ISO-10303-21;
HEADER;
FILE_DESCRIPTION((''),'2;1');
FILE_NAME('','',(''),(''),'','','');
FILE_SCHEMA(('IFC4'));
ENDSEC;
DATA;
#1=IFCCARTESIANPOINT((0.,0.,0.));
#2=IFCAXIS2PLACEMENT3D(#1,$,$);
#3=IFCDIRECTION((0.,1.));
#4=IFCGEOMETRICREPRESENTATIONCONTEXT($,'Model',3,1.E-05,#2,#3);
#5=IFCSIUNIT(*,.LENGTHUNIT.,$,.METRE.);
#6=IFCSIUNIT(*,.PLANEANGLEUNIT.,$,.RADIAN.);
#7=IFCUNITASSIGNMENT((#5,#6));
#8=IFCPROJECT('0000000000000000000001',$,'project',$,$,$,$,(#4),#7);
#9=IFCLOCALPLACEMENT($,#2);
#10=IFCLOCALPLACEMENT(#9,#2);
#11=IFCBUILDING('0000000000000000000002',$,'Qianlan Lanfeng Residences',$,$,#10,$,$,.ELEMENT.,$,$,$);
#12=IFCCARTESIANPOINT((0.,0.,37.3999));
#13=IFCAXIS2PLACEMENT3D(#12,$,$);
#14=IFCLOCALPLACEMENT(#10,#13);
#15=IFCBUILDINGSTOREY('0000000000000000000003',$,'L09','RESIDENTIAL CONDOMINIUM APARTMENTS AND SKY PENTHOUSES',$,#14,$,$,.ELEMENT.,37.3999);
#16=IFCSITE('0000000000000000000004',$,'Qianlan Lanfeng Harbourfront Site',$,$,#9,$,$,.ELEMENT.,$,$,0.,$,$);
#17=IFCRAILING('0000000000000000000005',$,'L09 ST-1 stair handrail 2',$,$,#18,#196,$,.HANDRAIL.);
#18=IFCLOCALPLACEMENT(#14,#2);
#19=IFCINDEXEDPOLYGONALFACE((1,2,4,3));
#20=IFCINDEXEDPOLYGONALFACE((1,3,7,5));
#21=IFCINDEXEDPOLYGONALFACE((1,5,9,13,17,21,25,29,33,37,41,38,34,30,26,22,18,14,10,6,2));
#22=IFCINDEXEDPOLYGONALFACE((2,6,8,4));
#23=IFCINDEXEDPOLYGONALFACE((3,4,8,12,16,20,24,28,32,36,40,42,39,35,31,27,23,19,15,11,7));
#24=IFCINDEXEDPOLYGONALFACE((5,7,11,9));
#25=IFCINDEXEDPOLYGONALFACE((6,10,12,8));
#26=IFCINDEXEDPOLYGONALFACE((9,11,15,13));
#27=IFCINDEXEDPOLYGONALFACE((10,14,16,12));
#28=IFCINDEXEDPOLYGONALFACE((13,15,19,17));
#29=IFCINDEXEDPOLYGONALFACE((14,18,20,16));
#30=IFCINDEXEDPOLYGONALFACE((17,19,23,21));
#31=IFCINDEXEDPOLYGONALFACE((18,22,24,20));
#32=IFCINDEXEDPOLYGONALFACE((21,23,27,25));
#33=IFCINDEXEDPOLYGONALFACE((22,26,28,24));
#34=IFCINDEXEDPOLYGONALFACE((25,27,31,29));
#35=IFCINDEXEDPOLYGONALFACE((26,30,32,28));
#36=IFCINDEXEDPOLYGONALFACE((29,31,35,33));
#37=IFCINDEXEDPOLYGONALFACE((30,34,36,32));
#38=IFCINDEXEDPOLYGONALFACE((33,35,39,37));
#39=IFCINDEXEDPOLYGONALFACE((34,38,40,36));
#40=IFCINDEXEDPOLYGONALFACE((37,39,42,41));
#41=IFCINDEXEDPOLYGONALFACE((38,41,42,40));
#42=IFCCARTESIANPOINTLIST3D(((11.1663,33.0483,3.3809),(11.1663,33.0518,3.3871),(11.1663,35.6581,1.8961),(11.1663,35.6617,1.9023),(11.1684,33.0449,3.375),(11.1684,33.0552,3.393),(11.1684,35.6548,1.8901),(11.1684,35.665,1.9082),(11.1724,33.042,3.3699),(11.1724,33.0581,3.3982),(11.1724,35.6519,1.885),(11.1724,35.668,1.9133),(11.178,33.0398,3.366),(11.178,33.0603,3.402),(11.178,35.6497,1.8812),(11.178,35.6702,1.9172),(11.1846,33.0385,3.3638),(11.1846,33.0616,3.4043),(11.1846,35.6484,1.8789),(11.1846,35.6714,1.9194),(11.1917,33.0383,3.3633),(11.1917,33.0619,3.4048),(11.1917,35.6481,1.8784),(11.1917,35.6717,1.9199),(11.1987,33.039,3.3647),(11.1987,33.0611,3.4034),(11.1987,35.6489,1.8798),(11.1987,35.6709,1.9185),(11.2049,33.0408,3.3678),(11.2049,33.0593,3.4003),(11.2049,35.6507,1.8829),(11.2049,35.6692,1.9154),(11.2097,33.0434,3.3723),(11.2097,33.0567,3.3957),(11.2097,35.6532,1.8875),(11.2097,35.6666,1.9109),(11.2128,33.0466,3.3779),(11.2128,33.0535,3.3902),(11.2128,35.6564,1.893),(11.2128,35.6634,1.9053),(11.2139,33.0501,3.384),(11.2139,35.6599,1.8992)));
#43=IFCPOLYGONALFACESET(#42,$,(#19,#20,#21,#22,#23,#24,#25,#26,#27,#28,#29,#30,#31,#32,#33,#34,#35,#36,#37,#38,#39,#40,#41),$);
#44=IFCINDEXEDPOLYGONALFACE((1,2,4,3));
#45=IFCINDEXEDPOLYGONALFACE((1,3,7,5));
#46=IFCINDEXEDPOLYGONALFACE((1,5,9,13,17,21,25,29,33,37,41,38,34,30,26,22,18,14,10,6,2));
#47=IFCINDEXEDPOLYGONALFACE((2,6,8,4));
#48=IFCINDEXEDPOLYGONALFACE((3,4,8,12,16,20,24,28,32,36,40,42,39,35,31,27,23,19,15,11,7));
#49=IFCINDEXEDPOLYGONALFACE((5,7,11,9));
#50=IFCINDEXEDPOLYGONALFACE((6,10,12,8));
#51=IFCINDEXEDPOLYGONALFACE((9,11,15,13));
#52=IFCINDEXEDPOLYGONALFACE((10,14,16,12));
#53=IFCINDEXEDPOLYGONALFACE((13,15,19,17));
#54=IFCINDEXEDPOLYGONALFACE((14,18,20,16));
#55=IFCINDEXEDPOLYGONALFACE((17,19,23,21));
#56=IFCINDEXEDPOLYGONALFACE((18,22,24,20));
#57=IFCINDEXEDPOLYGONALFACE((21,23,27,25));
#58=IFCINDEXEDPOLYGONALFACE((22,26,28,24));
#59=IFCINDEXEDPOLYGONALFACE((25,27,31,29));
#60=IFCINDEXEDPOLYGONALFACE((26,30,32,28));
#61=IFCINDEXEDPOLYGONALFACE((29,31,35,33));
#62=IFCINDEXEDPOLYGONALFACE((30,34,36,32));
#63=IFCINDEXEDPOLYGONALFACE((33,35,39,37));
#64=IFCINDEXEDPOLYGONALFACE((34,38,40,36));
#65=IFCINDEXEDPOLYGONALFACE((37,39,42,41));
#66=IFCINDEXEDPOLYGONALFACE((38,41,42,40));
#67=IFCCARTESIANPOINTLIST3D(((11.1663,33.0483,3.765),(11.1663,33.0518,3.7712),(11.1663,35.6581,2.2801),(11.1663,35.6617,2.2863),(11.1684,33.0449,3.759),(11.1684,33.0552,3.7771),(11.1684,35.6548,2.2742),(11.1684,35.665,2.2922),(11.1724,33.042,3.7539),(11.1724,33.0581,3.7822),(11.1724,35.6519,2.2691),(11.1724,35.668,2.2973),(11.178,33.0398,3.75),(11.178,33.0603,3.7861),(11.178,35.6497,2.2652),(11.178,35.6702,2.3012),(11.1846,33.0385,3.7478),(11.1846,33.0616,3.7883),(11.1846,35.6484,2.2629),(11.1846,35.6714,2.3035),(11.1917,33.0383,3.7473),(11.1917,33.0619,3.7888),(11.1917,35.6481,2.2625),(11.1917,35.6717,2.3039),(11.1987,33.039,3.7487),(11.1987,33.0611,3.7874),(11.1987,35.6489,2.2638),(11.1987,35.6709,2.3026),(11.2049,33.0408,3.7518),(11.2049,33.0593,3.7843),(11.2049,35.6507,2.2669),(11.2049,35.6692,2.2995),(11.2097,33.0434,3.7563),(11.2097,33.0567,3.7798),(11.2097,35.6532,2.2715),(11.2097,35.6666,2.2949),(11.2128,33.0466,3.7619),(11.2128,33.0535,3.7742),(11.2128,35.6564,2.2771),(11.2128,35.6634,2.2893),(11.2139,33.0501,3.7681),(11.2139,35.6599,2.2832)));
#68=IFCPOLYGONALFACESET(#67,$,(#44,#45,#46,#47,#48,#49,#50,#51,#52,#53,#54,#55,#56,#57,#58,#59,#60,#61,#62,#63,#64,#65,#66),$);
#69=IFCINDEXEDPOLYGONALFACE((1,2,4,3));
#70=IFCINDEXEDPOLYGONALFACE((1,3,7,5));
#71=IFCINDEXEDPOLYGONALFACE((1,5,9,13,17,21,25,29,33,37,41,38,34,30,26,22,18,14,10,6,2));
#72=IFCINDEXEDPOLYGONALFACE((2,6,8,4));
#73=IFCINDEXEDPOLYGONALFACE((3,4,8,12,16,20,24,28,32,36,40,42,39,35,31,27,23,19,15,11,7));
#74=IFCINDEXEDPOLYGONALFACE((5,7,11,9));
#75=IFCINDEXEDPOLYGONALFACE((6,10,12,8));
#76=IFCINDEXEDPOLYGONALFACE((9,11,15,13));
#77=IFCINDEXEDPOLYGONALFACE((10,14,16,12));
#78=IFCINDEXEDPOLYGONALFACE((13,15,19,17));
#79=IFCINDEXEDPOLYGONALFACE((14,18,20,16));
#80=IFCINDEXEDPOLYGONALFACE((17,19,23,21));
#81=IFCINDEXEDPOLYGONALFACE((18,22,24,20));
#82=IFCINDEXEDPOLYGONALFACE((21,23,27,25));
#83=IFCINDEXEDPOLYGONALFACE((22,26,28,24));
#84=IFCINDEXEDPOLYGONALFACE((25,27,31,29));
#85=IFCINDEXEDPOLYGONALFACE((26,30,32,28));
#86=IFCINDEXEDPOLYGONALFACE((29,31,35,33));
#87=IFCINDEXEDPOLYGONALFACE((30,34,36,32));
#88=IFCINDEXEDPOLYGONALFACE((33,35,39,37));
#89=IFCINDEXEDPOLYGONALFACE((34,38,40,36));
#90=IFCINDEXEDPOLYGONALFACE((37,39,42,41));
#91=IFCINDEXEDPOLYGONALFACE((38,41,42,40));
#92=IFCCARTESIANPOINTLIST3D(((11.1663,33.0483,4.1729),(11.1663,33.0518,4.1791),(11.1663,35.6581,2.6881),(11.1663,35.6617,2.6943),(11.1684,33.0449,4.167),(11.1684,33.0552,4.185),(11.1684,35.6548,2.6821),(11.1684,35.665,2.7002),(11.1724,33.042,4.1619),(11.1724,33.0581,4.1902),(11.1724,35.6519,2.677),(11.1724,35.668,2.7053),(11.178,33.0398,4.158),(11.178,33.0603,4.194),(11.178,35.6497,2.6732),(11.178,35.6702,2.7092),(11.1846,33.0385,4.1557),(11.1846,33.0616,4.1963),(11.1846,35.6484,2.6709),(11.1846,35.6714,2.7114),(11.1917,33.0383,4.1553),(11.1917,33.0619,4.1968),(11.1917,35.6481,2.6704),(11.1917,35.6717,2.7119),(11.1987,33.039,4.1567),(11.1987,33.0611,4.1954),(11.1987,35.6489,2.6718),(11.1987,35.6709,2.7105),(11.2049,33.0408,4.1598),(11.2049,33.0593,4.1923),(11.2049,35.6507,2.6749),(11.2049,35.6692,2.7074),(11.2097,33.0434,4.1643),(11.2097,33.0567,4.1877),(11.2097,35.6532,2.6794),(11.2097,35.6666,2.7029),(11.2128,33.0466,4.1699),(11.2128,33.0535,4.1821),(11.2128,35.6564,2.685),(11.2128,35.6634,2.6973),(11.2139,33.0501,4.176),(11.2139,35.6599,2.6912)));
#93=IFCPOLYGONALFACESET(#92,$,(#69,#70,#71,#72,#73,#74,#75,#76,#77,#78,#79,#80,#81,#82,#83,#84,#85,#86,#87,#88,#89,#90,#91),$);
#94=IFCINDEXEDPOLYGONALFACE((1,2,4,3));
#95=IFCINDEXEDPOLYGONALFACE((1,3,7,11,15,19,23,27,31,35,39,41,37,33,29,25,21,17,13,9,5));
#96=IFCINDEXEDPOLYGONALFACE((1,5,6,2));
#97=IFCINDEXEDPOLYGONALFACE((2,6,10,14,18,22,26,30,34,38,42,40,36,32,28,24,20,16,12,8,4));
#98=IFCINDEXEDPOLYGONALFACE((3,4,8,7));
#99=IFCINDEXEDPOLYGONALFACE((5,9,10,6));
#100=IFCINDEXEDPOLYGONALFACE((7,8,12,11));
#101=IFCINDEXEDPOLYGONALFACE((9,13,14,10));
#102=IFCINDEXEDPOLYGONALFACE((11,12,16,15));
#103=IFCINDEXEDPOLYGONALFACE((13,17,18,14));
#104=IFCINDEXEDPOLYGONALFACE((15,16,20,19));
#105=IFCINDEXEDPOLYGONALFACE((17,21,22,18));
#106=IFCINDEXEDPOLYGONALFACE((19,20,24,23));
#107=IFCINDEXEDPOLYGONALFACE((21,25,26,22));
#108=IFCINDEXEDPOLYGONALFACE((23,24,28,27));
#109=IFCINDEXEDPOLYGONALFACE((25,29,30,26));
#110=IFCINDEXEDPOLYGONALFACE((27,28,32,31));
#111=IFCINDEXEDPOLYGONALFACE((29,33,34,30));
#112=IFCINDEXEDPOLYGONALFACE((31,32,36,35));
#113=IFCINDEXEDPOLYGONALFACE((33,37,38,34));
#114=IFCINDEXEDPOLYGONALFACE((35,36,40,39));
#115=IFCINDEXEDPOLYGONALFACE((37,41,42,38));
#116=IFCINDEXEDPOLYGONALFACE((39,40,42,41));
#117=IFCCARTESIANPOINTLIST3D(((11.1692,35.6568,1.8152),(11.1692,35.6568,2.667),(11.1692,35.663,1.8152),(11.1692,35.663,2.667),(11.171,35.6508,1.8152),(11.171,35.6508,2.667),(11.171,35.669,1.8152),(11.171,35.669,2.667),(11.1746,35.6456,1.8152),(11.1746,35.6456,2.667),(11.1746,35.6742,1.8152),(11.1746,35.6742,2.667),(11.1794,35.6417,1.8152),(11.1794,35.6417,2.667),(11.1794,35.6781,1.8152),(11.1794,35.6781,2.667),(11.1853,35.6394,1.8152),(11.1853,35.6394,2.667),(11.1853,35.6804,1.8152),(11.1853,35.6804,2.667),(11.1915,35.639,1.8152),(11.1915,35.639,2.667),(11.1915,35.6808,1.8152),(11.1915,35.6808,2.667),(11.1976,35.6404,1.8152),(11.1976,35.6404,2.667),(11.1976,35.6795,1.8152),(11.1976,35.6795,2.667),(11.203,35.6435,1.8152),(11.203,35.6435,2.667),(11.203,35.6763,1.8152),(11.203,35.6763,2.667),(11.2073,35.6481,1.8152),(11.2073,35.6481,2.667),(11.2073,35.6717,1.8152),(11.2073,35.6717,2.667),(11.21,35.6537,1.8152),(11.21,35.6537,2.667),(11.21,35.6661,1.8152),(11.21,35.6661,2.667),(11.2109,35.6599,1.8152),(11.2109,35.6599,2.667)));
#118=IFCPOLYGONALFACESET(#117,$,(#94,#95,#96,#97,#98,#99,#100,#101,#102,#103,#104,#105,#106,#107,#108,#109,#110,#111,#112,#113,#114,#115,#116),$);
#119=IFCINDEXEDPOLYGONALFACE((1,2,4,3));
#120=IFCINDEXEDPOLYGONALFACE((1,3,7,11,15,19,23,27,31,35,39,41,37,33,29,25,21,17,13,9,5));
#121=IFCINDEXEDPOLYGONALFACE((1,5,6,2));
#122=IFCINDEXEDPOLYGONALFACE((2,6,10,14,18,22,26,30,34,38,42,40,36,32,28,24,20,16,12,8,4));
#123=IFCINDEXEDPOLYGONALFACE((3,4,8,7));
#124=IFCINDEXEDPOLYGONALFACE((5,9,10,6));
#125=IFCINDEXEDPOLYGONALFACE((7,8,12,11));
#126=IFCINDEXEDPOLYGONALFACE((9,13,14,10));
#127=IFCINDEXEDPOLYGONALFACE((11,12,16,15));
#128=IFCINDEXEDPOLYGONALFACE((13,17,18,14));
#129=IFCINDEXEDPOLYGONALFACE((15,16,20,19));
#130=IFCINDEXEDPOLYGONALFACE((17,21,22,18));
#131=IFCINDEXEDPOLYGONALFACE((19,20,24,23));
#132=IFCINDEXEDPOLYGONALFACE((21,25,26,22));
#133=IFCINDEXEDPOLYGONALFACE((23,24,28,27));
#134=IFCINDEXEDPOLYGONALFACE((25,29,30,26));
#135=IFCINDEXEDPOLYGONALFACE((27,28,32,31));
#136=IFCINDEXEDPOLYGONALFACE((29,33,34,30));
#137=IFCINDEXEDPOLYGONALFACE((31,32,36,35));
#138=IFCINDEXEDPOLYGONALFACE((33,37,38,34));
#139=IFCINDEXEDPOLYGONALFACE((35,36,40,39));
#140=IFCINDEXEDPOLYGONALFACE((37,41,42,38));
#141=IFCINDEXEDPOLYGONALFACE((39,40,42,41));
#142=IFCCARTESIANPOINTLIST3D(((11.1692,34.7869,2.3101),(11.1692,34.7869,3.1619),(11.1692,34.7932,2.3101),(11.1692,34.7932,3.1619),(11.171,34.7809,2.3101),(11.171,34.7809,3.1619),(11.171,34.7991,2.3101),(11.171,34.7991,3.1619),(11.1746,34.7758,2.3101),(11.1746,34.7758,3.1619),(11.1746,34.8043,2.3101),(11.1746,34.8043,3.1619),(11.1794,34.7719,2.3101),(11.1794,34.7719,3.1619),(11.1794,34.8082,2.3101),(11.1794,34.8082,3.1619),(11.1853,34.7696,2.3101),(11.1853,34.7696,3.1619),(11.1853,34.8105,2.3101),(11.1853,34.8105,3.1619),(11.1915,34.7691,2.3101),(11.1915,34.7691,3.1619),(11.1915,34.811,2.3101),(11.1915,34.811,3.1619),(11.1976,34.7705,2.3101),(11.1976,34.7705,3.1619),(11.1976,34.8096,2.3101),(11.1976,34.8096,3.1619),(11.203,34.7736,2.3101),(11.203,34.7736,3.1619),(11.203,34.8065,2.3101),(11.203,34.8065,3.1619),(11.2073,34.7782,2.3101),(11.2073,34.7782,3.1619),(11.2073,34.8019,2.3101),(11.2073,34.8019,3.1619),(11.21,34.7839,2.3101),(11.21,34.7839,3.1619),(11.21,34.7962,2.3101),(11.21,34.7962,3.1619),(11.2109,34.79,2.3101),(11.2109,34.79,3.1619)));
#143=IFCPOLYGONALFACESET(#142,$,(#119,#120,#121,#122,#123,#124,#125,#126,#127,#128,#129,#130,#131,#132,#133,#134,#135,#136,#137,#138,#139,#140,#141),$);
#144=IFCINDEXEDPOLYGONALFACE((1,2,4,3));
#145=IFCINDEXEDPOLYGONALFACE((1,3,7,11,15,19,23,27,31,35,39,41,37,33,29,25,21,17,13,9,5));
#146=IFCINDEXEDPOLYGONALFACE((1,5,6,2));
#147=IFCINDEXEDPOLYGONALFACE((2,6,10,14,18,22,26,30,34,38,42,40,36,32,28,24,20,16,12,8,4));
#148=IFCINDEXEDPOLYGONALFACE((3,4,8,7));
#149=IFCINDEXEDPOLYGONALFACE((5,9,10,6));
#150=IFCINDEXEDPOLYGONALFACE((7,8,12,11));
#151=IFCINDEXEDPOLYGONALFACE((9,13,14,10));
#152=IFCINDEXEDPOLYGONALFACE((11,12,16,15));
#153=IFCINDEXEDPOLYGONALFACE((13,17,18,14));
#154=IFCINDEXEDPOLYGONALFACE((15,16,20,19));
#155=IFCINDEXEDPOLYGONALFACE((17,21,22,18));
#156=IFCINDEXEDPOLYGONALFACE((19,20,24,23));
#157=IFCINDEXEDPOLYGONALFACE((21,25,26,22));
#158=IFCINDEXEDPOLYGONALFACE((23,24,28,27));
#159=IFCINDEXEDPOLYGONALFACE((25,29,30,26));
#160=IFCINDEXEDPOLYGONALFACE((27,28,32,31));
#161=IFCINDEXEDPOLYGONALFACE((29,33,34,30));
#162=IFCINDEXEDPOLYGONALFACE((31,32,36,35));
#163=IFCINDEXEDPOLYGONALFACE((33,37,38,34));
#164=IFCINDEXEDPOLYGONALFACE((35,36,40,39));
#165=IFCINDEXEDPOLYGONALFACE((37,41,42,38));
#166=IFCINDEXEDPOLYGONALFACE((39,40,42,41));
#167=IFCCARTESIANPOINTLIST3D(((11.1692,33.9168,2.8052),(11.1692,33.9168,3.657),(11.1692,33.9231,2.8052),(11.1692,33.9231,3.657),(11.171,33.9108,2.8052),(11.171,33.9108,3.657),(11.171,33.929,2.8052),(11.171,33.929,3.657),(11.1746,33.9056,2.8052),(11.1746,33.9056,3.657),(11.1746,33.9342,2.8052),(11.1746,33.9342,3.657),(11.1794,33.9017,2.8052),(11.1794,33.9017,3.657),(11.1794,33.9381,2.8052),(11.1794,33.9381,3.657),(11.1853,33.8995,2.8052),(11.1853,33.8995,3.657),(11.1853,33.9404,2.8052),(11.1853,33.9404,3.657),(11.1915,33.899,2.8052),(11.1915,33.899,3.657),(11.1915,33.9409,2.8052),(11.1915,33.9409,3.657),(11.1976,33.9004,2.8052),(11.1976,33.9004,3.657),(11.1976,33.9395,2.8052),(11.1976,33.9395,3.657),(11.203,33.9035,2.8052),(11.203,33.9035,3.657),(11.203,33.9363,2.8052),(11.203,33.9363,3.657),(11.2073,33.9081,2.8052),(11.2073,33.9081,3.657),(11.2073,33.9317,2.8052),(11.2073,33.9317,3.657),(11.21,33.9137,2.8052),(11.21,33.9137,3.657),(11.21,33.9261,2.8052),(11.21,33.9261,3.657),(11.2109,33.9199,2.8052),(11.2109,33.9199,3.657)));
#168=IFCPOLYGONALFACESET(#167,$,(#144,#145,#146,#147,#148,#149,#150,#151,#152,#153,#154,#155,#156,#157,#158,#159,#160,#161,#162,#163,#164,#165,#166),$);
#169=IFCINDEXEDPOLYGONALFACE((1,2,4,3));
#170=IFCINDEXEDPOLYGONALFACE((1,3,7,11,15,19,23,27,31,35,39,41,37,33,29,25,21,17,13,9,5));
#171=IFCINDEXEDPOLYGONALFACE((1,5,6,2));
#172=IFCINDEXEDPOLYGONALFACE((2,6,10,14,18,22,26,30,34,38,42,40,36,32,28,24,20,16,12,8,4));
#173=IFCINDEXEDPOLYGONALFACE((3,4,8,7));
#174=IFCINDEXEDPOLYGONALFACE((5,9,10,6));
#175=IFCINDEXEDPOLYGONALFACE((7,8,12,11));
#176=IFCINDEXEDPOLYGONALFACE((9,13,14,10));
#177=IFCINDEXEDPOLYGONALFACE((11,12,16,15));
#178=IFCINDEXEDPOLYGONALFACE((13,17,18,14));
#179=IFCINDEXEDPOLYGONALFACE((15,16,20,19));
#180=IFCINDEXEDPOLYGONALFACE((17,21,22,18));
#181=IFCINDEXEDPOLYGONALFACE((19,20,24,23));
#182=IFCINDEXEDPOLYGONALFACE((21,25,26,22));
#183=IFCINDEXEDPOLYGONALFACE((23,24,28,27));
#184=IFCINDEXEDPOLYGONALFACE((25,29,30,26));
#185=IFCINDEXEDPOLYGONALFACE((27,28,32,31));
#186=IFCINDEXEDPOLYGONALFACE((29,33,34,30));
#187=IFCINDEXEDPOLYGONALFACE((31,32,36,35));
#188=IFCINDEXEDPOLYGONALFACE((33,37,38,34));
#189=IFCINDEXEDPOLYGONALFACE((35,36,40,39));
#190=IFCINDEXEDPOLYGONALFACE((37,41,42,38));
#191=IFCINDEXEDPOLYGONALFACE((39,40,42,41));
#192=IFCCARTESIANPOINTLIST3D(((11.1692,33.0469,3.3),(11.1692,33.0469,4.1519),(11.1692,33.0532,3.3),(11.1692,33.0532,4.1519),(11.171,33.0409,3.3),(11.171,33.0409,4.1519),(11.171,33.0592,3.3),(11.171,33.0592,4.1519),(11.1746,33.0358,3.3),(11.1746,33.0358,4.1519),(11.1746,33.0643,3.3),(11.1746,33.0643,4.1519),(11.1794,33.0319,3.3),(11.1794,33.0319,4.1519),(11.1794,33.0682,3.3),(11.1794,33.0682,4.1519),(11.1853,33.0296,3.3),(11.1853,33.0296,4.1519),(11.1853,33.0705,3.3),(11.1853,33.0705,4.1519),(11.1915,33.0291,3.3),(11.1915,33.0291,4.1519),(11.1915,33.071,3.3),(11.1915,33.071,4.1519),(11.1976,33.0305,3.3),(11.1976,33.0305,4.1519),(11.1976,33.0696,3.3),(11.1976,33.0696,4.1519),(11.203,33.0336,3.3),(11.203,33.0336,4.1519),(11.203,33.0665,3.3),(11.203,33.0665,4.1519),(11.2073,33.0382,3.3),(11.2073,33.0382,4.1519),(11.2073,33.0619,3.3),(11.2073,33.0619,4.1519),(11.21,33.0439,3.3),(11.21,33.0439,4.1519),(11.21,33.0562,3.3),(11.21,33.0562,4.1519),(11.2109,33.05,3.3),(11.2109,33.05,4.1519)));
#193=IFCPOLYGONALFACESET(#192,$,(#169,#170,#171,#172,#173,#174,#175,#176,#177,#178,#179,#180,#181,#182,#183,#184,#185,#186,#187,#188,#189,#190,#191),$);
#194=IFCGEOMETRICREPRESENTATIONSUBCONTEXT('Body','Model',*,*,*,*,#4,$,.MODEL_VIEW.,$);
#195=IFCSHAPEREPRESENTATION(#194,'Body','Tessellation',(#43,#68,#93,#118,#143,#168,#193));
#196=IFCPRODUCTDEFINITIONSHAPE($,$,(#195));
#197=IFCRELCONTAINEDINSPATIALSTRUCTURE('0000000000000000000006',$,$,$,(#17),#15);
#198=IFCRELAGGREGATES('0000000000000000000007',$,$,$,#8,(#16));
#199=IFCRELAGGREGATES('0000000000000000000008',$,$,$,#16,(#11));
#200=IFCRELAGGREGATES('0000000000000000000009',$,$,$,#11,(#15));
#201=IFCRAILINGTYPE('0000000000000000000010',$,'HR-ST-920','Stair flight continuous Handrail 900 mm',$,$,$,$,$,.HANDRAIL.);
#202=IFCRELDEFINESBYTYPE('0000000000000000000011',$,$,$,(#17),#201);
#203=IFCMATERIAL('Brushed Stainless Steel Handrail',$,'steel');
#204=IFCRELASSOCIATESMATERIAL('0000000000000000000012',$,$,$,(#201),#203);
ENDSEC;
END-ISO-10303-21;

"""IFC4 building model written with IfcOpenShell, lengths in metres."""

from ifc_helpers import new_model, si_unit, direction, frame, origin, origin_2d, place, context, subcontext, project, spatial, circle, extrude, material, type_object, element, save


model = new_model("IFC4")

# Units and contexts
model_context = context("Model", 3, precision=1e-05, world=origin(), true_north=direction((0.0, 1.0)))
body_context = subcontext(model_context, "Body", "Model", "MODEL_VIEW")
ifc_project = project(units=[si_unit("LENGTHUNIT", "METRE"), si_unit("PLANEANGLEUNIT", "RADIAN")], contexts=[model_context])

# Site, building, storey
site_placement = place(None, origin())
site = spatial("IfcSite", under=ifc_project, at=site_placement, Name="Qianlan Lanfeng Harbourfront Site", CompositionType="ELEMENT", RefElevation=0.0)
building_placement = place(site_placement, origin())
building = spatial("IfcBuilding", under=site, at=building_placement, Name="Qianlan Lanfeng Residences", CompositionType="ELEMENT")
storey_placement = place(building_placement, frame((0.0, 0.0, 37.3999)))
storey = spatial("IfcBuildingStorey", under=building, at=storey_placement, Name="L09", Description="RESIDENTIAL CONDOMINIUM APARTMENTS AND SKY PENTHOUSES", CompositionType="ELEMENT", Elevation=37.3999)

# Railing
ifc_material_1 = material(Name="Brushed Stainless Steel Handrail", Category="steel")
railing_type_1 = type_object("IfcRailingType", Name="HR-ST-920", Description="Stair flight continuous Handrail 900 mm", PredefinedType="HANDRAIL", material=ifc_material_1)
railing_1_placement = place(storey_placement, frame((11.1899, 35.6599, 1.8152)))
element("IfcRailing", 1, at=railing_1_placement, inside=storey, type_object=railing_type_1, Name="L09 ST-1 stair handrail 2", PredefinedType="HANDRAIL", context=body_context, shape_type="SweptSolid", body=[
    extrude(circle(Radius=0.0239, at=origin_2d()), frame((0.0, 0.0, 0.084), z_axis=(0.0, -0.869172, 0.494509), x_axis=(1.0, 0.0, 0.0)), (0.0, 0.0, 1.0), 3.0027),
    extrude(circle(Radius=0.0239, at=origin_2d()), frame((0.0, 0.0, 0.468), z_axis=(0.0, -0.869172, 0.494509), x_axis=(1.0, 0.0, 0.0)), (0.0, 0.0, 1.0), 3.0027),
    extrude(circle(Radius=0.0239, at=origin_2d()), frame((0.0, 0.0, 0.876), z_axis=(0.0, -0.869172, 0.494509), x_axis=(1.0, 0.0, 0.0)), (0.0, 0.0, 1.0), 3.0027),
    extrude(circle(Radius=0.021, at=origin_2d()), origin(), (0.0, 0.0, 1.0), 0.8518),
    extrude(circle(Radius=0.021, at=origin_2d()), frame((0.0, -0.8699, 0.4949)), (0.0, 0.0, 1.0), 0.8518),
    extrude(circle(Radius=0.021, at=origin_2d()), frame((0.0, -1.74, 0.99)), (0.0, 0.0, 1.0), 0.8518),
    extrude(circle(Radius=0.021, at=origin_2d()), frame((0.0, -2.6099, 1.4849)), (0.0, 0.0, 1.0), 0.8518),
])

save(model, "model.ifc")
